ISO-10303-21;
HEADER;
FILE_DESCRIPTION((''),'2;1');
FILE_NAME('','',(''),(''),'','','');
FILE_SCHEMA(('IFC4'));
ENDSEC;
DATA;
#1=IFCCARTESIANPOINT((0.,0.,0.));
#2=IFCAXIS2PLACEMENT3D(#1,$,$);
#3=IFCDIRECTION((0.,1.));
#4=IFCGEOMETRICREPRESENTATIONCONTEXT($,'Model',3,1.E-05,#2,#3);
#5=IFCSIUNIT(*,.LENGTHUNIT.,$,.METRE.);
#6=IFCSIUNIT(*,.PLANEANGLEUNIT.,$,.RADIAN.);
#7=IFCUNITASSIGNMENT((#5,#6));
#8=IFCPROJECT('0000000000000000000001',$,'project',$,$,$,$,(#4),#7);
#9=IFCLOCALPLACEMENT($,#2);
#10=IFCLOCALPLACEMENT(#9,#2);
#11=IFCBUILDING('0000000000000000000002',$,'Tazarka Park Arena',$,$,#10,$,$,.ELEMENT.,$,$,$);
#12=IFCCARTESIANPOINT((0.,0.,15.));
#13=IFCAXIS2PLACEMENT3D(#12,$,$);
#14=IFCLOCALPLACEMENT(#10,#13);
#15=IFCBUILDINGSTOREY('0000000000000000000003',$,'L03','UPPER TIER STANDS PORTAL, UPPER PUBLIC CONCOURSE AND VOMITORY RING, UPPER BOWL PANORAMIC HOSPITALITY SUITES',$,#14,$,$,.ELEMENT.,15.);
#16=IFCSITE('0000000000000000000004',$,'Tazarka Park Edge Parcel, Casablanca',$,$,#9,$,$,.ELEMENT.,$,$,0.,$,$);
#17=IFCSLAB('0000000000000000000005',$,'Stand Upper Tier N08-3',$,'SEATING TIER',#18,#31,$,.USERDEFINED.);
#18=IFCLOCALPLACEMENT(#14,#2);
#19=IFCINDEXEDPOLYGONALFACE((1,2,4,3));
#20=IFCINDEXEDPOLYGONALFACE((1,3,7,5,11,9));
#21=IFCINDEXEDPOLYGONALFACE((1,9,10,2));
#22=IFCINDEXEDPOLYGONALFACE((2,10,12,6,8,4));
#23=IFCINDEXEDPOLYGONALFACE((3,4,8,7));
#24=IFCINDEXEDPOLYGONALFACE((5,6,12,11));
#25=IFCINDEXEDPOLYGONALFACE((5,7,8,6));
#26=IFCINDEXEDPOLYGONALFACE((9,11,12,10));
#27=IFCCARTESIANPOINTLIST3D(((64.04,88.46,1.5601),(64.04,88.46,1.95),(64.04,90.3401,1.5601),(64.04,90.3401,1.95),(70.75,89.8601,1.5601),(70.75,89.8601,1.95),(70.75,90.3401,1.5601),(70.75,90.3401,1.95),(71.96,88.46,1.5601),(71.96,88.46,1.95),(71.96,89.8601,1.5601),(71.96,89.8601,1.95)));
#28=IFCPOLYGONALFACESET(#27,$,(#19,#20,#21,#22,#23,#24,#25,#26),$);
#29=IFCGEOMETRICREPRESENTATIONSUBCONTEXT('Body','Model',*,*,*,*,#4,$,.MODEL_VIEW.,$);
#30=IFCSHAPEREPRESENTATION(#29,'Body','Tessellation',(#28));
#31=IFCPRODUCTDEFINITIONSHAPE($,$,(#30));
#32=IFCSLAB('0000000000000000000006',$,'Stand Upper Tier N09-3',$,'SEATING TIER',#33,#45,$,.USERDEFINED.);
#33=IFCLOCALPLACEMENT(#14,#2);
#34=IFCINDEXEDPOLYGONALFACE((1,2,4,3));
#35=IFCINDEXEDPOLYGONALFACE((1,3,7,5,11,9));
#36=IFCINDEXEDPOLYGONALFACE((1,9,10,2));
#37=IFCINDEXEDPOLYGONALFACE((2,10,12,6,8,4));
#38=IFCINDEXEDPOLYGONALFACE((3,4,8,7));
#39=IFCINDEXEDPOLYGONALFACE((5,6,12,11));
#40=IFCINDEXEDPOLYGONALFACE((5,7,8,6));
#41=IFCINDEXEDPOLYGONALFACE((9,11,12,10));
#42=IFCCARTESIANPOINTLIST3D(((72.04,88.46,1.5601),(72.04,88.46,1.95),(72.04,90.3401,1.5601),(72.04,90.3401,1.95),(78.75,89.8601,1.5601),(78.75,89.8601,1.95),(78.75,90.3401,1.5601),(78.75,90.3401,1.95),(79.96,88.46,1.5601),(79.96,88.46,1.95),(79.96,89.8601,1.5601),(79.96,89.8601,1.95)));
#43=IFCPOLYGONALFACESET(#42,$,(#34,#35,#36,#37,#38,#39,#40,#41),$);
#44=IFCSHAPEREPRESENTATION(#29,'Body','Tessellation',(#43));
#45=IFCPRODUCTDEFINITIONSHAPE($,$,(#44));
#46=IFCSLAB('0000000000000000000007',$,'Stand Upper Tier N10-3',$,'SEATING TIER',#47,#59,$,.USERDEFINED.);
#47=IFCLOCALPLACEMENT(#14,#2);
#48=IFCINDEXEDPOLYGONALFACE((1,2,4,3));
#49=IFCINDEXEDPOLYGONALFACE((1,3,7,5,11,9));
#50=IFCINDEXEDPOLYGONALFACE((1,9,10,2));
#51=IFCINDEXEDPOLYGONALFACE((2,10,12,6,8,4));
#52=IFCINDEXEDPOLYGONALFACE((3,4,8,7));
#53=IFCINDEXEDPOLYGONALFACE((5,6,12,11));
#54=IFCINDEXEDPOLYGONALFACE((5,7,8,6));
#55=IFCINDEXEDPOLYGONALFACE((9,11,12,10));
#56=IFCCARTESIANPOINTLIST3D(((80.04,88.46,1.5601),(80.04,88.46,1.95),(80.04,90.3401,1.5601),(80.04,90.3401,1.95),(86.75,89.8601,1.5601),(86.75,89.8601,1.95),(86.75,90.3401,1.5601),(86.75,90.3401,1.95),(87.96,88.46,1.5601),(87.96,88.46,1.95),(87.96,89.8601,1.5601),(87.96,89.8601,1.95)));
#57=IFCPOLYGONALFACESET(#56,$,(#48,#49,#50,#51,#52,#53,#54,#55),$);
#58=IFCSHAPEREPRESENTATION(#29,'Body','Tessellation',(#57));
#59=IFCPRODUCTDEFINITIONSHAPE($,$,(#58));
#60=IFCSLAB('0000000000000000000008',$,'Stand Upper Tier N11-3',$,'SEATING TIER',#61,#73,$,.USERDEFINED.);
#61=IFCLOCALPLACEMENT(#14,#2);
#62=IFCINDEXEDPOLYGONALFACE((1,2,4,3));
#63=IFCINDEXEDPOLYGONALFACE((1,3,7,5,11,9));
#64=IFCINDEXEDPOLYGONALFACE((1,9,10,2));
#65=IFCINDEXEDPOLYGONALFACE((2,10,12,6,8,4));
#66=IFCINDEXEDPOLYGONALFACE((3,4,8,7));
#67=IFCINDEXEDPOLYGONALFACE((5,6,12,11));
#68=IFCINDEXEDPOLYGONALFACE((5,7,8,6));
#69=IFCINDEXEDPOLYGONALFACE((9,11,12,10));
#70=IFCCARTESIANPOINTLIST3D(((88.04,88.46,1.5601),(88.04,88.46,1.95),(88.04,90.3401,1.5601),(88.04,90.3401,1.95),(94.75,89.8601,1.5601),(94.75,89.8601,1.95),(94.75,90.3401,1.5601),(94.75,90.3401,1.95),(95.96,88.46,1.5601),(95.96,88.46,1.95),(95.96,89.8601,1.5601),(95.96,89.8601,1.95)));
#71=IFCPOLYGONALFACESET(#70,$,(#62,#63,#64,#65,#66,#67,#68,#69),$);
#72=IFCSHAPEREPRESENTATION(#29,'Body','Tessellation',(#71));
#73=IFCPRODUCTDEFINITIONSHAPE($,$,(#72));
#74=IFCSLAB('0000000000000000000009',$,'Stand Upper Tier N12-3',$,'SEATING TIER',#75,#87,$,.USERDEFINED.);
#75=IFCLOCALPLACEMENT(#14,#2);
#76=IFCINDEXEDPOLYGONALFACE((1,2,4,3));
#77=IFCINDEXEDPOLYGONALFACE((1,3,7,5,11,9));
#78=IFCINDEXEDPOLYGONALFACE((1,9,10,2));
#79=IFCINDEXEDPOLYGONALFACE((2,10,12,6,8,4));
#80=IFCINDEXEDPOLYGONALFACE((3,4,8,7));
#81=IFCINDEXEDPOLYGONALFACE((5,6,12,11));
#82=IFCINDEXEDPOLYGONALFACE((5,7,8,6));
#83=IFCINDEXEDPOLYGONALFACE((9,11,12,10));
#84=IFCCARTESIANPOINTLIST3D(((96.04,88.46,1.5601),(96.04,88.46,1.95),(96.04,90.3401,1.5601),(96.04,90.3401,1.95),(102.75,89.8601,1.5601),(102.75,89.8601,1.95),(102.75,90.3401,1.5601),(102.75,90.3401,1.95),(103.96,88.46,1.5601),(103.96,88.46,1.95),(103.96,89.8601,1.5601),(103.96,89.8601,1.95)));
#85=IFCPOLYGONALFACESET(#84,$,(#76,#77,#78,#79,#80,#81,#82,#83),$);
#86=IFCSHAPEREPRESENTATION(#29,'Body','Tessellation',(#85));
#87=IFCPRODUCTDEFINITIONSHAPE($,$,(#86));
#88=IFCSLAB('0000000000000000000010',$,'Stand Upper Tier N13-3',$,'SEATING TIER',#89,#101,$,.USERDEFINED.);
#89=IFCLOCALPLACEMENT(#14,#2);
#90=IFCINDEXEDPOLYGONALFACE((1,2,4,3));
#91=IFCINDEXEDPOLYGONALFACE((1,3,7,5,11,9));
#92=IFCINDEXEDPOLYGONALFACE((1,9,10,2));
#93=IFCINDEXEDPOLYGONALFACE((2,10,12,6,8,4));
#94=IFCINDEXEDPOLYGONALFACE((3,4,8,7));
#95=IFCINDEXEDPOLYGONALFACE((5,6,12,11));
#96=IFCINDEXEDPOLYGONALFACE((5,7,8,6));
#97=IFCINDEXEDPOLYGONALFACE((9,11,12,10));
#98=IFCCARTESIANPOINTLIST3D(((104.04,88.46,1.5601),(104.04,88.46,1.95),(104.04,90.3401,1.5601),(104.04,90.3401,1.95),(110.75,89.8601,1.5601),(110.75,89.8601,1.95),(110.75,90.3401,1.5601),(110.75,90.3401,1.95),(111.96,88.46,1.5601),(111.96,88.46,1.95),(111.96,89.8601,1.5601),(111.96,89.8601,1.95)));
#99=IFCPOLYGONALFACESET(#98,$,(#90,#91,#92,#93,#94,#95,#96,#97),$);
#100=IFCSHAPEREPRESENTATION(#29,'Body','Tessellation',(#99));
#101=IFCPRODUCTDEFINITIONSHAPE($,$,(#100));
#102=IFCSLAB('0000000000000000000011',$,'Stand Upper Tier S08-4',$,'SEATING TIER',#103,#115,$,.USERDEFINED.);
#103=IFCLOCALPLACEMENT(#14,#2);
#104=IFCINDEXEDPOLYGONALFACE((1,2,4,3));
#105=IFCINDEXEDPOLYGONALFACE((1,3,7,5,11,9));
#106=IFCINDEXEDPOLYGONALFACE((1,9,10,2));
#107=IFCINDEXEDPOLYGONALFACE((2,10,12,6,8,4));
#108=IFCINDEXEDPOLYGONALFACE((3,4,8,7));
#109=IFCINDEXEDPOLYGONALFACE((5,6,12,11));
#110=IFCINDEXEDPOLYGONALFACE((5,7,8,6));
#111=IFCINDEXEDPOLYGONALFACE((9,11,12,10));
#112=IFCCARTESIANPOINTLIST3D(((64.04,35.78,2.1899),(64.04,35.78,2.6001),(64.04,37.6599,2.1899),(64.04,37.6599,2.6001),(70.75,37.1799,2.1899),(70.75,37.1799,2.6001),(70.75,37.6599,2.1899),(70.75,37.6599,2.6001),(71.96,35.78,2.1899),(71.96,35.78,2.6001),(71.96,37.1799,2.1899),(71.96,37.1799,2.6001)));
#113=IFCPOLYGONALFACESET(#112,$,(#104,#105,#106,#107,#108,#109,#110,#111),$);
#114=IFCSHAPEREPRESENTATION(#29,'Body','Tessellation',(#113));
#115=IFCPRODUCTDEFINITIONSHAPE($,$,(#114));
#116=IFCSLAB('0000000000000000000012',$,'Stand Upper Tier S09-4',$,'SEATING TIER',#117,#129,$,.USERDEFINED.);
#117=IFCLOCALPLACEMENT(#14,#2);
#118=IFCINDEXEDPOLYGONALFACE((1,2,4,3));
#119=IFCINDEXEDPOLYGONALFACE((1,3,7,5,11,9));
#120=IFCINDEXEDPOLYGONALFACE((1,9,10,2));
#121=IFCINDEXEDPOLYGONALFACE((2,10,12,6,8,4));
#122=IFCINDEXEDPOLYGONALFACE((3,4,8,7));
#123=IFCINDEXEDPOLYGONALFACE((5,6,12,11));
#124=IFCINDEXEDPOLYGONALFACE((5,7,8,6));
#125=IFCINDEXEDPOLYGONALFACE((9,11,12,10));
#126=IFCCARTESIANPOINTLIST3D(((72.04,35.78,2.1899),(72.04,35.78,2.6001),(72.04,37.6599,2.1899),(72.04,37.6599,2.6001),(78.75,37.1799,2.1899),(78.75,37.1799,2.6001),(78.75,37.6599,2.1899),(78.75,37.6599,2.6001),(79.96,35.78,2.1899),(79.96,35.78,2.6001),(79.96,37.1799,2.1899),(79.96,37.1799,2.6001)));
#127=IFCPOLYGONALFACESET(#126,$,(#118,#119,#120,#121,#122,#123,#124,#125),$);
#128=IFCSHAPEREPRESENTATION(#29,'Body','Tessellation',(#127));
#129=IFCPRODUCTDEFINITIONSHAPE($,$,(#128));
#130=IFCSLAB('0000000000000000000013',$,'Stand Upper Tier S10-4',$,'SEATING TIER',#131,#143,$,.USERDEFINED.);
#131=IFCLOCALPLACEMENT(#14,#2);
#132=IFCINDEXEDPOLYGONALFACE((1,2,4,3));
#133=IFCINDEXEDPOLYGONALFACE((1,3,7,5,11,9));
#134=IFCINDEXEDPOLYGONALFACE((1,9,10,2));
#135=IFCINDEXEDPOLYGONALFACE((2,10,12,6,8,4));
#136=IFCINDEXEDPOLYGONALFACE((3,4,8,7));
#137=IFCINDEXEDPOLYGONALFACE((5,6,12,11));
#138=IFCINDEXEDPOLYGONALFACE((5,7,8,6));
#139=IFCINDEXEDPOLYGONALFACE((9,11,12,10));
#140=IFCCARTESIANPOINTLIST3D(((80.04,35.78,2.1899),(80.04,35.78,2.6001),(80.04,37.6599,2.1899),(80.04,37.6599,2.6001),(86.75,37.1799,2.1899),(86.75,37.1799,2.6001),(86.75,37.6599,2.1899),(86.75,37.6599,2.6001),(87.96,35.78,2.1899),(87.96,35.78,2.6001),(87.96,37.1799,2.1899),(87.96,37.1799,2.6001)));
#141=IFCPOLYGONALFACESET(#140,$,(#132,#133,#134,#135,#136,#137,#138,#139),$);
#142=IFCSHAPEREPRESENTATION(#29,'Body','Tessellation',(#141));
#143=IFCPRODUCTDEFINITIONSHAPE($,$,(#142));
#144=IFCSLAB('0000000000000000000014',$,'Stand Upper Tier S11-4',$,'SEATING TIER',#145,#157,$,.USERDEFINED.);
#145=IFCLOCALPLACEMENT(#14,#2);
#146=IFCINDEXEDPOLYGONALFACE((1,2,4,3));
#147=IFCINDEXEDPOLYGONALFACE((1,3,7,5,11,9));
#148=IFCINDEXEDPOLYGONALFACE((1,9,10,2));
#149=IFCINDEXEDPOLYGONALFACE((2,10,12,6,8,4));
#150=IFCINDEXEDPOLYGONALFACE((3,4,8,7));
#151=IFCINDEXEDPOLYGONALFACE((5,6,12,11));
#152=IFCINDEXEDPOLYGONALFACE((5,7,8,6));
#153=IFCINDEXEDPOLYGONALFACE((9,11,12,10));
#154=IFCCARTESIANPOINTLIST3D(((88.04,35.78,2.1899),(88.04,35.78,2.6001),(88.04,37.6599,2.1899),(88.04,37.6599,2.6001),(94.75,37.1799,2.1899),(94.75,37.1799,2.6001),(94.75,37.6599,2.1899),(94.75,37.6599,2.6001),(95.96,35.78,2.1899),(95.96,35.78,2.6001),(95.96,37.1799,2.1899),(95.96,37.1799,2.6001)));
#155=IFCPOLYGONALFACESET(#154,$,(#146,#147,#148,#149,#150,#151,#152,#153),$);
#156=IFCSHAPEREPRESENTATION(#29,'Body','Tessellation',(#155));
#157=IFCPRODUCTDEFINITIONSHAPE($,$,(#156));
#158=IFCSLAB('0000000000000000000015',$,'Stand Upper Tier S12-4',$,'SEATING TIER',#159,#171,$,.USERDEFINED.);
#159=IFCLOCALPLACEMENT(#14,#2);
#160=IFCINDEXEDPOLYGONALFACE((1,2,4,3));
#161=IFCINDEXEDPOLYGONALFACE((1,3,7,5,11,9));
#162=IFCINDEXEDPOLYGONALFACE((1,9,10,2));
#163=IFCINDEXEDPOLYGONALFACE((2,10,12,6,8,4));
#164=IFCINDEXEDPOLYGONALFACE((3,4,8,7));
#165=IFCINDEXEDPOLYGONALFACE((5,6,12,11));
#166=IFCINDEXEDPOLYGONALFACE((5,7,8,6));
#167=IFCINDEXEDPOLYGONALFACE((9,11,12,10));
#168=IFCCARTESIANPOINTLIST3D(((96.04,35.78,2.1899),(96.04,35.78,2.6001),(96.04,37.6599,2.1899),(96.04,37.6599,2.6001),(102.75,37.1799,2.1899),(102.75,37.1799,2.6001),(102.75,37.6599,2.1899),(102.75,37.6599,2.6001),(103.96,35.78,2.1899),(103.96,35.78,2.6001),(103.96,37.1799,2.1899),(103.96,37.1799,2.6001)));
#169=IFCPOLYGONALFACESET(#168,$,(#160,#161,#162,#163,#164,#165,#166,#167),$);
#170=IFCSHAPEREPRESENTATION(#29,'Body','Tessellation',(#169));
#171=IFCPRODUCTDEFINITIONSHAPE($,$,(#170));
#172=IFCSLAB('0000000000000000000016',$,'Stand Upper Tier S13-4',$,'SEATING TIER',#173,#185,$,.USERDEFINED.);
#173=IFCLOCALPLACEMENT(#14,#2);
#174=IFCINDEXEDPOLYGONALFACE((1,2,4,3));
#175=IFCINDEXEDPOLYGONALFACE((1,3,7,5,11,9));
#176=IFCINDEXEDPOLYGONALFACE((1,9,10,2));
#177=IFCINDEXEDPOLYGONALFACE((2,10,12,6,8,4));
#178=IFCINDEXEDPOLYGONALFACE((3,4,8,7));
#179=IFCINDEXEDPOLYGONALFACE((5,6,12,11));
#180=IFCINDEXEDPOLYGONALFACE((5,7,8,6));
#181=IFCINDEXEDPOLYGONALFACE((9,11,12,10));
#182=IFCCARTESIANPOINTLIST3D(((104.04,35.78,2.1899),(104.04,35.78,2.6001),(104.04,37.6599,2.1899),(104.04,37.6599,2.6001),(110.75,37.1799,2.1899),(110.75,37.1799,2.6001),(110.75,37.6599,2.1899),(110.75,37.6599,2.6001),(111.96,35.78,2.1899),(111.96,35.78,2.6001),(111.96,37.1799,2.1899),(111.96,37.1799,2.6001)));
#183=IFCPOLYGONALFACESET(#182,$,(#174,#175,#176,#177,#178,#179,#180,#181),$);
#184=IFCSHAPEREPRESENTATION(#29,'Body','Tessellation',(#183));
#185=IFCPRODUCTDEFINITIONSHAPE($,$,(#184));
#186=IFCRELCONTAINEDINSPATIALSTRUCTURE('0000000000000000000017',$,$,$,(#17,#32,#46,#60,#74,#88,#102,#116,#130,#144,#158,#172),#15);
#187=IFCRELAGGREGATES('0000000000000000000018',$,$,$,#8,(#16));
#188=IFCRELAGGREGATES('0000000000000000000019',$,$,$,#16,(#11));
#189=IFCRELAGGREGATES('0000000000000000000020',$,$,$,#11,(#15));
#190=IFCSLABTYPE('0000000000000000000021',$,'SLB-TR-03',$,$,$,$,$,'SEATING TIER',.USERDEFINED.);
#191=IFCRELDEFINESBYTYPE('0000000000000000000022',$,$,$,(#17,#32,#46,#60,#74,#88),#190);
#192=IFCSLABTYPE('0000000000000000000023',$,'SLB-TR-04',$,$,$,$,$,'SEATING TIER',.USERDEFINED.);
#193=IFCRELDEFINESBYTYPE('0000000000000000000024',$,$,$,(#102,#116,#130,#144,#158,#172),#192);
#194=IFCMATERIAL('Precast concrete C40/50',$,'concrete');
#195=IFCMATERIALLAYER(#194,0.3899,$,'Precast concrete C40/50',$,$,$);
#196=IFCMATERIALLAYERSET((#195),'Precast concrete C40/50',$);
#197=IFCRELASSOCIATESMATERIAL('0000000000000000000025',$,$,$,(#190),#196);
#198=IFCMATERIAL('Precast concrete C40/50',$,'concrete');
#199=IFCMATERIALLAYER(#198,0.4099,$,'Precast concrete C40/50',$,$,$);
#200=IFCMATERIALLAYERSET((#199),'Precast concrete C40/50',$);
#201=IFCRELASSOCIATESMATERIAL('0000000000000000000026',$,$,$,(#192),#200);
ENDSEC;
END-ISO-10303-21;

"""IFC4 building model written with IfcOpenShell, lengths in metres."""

from ifc_helpers import new_model, si_unit, direction, frame, origin, place, context, subcontext, project, spatial, polyline, outline, extrude, material, layer, layer_set, type_object, element, save


model = new_model("IFC4")

# Units and contexts
model_context = context("Model", 3, precision=1e-05, world=origin(), true_north=direction((0.0, 1.0)))
body_context = subcontext(model_context, "Body", "Model", "MODEL_VIEW")
ifc_project = project(units=[si_unit("LENGTHUNIT", "METRE"), si_unit("PLANEANGLEUNIT", "RADIAN")], contexts=[model_context])

# Site, building, storey
site_placement = place(None, origin())
site = spatial("IfcSite", under=ifc_project, at=site_placement, Name="Tazarka Park Edge Parcel, Casablanca", CompositionType="ELEMENT", RefElevation=0.0)
building_placement = place(site_placement, origin())
building = spatial("IfcBuilding", under=site, at=building_placement, Name="Tazarka Park Arena", CompositionType="ELEMENT")
storey_placement = place(building_placement, frame((0.0, 0.0, 15.0)))
storey = spatial("IfcBuildingStorey", under=building, at=storey_placement, Name="L03", Description="UPPER TIER STANDS PORTAL, UPPER PUBLIC CONCOURSE AND VOMITORY RING, UPPER BOWL PANORAMIC HOSPITALITY SUITES", CompositionType="ELEMENT", Elevation=15.0)

# Slabs
ifc_material_1 = material(Name="Precast concrete C40/50", Category="concrete")
ifc_layer_1 = layer(ifc_material_1, 0.3899, Name="Precast concrete C40/50")
ifc_layer_set_1 = layer_set([ifc_layer_1], Name="Precast concrete C40/50")
slab_type_1 = type_object("IfcSlabType", Name="SLB-TR-03", ElementType="SEATING TIER", PredefinedType="USERDEFINED", material=ifc_layer_set_1)
slab_1_placement = place(storey_placement, frame((0.0, 0.0, 1.5601)))
element("IfcSlab", 1, at=slab_1_placement, inside=storey, type_object=slab_type_1, Name="Stand Upper Tier N08-3", ObjectType="SEATING TIER", PredefinedType="USERDEFINED", context=body_context, shape_type="SweptSolid", body=[
    extrude(outline(polyline([(64.04, 88.46), (71.96, 88.46), (71.96, 89.8601), (70.75, 89.8601), (70.75, 90.3401), (64.04, 90.3401), (64.04, 88.46)])), origin(), (0.0, 0.0, 1.0), 0.3899),
])
slab_2_placement = place(storey_placement, frame((0.0, 0.0, 1.5601)))
element("IfcSlab", 2, at=slab_2_placement, inside=storey, type_object=slab_type_1, Name="Stand Upper Tier N09-3", ObjectType="SEATING TIER", PredefinedType="USERDEFINED", context=body_context, shape_type="SweptSolid", body=[
    extrude(outline(polyline([(72.04, 88.46), (79.96, 88.46), (79.96, 89.8601), (78.75, 89.8601), (78.75, 90.3401), (72.04, 90.3401), (72.04, 88.46)])), origin(), (0.0, 0.0, 1.0), 0.3899),
])
slab_3_placement = place(storey_placement, frame((0.0, 0.0, 1.5601)))
element("IfcSlab", 3, at=slab_3_placement, inside=storey, type_object=slab_type_1, Name="Stand Upper Tier N10-3", ObjectType="SEATING TIER", PredefinedType="USERDEFINED", context=body_context, shape_type="SweptSolid", body=[
    extrude(outline(polyline([(80.04, 88.46), (87.96, 88.46), (87.96, 89.8601), (86.75, 89.8601), (86.75, 90.3401), (80.04, 90.3401), (80.04, 88.46)])), origin(), (0.0, 0.0, 1.0), 0.3899),
])
slab_4_placement = place(storey_placement, frame((0.0, 0.0, 1.5601)))
element("IfcSlab", 4, at=slab_4_placement, inside=storey, type_object=slab_type_1, Name="Stand Upper Tier N11-3", ObjectType="SEATING TIER", PredefinedType="USERDEFINED", context=body_context, shape_type="SweptSolid", body=[
    extrude(outline(polyline([(88.04, 88.46), (95.96, 88.46), (95.96, 89.8601), (94.75, 89.8601), (94.75, 90.3401), (88.04, 90.3401), (88.04, 88.46)])), origin(), (0.0, 0.0, 1.0), 0.3899),
])
slab_5_placement = place(storey_placement, frame((0.0, 0.0, 1.5601)))
element("IfcSlab", 5, at=slab_5_placement, inside=storey, type_object=slab_type_1, Name="Stand Upper Tier N12-3", ObjectType="SEATING TIER", PredefinedType="USERDEFINED", context=body_context, shape_type="SweptSolid", body=[
    extrude(outline(polyline([(96.04, 88.46), (103.96, 88.46), (103.96, 89.8601), (102.75, 89.8601), (102.75, 90.3401), (96.04, 90.3401), (96.04, 88.46)])), origin(), (0.0, 0.0, 1.0), 0.3899),
])
slab_6_placement = place(storey_placement, frame((0.0, 0.0, 1.5601)))
element("IfcSlab", 6, at=slab_6_placement, inside=storey, type_object=slab_type_1, Name="Stand Upper Tier N13-3", ObjectType="SEATING TIER", PredefinedType="USERDEFINED", context=body_context, shape_type="SweptSolid", body=[
    extrude(outline(polyline([(104.04, 88.46), (111.96, 88.46), (111.96, 89.8601), (110.75, 89.8601), (110.75, 90.3401), (104.04, 90.3401), (104.04, 88.46)])), origin(), (0.0, 0.0, 1.0), 0.3899),
])
ifc_material_2 = material(Name="Precast concrete C40/50", Category="concrete")
ifc_layer_2 = layer(ifc_material_2, 0.4099, Name="Precast concrete C40/50")
ifc_layer_set_2 = layer_set([ifc_layer_2], Name="Precast concrete C40/50")
slab_type_2 = type_object("IfcSlabType", Name="SLB-TR-04", ElementType="SEATING TIER", PredefinedType="USERDEFINED", material=ifc_layer_set_2)
slab_7_placement = place(storey_placement, frame((0.0, 0.0, 2.1899)))
element("IfcSlab", 7, at=slab_7_placement, inside=storey, type_object=slab_type_2, Name="Stand Upper Tier S08-4", ObjectType="SEATING TIER", PredefinedType="USERDEFINED", context=body_context, shape_type="SweptSolid", body=[
    extrude(outline(polyline([(64.04, 35.78), (71.96, 35.78), (71.96, 37.1799), (70.75, 37.1799), (70.75, 37.6599), (64.04, 37.6599), (64.04, 35.78)])), origin(), (0.0, 0.0, 1.0), 0.4102),
])
slab_8_placement = place(storey_placement, frame((0.0, 0.0, 2.1899)))
element("IfcSlab", 8, at=slab_8_placement, inside=storey, type_object=slab_type_2, Name="Stand Upper Tier S09-4", ObjectType="SEATING TIER", PredefinedType="USERDEFINED", context=body_context, shape_type="SweptSolid", body=[
    extrude(outline(polyline([(72.04, 35.78), (79.96, 35.78), (79.96, 37.1799), (78.75, 37.1799), (78.75, 37.6599), (72.04, 37.6599), (72.04, 35.78)])), origin(), (0.0, 0.0, 1.0), 0.4102),
])
slab_9_placement = place(storey_placement, frame((0.0, 0.0, 2.1899)))
element("IfcSlab", 9, at=slab_9_placement, inside=storey, type_object=slab_type_2, Name="Stand Upper Tier S10-4", ObjectType="SEATING TIER", PredefinedType="USERDEFINED", context=body_context, shape_type="SweptSolid", body=[
    extrude(outline(polyline([(80.04, 35.78), (87.96, 35.78), (87.96, 37.1799), (86.75, 37.1799), (86.75, 37.6599), (80.04, 37.6599), (80.04, 35.78)])), origin(), (0.0, 0.0, 1.0), 0.4102),
])
slab_10_placement = place(storey_placement, frame((0.0, 0.0, 2.1899)))
element("IfcSlab", 10, at=slab_10_placement, inside=storey, type_object=slab_type_2, Name="Stand Upper Tier S11-4", ObjectType="SEATING TIER", PredefinedType="USERDEFINED", context=body_context, shape_type="SweptSolid", body=[
    extrude(outline(polyline([(88.04, 35.78), (95.96, 35.78), (95.96, 37.1799), (94.75, 37.1799), (94.75, 37.6599), (88.04, 37.6599), (88.04, 35.78)])), origin(), (0.0, 0.0, 1.0), 0.4102),
])
slab_11_placement = place(storey_placement, frame((0.0, 0.0, 2.1899)))
element("IfcSlab", 11, at=slab_11_placement, inside=storey, type_object=slab_type_2, Name="Stand Upper Tier S12-4", ObjectType="SEATING TIER", PredefinedType="USERDEFINED", context=body_context, shape_type="SweptSolid", body=[
    extrude(outline(polyline([(96.04, 35.78), (103.96, 35.78), (103.96, 37.1799), (102.75, 37.1799), (102.75, 37.6599), (96.04, 37.6599), (96.04, 35.78)])), origin(), (0.0, 0.0, 1.0), 0.4102),
])
slab_12_placement = place(storey_placement, frame((0.0, 0.0, 2.1899)))
element("IfcSlab", 12, at=slab_12_placement, inside=storey, type_object=slab_type_2, Name="Stand Upper Tier S13-4", ObjectType="SEATING TIER", PredefinedType="USERDEFINED", context=body_context, shape_type="SweptSolid", body=[
    extrude(outline(polyline([(104.04, 35.78), (111.96, 35.78), (111.96, 37.1799), (110.75, 37.1799), (110.75, 37.6599), (104.04, 37.6599), (104.04, 35.78)])), origin(), (0.0, 0.0, 1.0), 0.4102),
])

save(model, "model.ifc")
